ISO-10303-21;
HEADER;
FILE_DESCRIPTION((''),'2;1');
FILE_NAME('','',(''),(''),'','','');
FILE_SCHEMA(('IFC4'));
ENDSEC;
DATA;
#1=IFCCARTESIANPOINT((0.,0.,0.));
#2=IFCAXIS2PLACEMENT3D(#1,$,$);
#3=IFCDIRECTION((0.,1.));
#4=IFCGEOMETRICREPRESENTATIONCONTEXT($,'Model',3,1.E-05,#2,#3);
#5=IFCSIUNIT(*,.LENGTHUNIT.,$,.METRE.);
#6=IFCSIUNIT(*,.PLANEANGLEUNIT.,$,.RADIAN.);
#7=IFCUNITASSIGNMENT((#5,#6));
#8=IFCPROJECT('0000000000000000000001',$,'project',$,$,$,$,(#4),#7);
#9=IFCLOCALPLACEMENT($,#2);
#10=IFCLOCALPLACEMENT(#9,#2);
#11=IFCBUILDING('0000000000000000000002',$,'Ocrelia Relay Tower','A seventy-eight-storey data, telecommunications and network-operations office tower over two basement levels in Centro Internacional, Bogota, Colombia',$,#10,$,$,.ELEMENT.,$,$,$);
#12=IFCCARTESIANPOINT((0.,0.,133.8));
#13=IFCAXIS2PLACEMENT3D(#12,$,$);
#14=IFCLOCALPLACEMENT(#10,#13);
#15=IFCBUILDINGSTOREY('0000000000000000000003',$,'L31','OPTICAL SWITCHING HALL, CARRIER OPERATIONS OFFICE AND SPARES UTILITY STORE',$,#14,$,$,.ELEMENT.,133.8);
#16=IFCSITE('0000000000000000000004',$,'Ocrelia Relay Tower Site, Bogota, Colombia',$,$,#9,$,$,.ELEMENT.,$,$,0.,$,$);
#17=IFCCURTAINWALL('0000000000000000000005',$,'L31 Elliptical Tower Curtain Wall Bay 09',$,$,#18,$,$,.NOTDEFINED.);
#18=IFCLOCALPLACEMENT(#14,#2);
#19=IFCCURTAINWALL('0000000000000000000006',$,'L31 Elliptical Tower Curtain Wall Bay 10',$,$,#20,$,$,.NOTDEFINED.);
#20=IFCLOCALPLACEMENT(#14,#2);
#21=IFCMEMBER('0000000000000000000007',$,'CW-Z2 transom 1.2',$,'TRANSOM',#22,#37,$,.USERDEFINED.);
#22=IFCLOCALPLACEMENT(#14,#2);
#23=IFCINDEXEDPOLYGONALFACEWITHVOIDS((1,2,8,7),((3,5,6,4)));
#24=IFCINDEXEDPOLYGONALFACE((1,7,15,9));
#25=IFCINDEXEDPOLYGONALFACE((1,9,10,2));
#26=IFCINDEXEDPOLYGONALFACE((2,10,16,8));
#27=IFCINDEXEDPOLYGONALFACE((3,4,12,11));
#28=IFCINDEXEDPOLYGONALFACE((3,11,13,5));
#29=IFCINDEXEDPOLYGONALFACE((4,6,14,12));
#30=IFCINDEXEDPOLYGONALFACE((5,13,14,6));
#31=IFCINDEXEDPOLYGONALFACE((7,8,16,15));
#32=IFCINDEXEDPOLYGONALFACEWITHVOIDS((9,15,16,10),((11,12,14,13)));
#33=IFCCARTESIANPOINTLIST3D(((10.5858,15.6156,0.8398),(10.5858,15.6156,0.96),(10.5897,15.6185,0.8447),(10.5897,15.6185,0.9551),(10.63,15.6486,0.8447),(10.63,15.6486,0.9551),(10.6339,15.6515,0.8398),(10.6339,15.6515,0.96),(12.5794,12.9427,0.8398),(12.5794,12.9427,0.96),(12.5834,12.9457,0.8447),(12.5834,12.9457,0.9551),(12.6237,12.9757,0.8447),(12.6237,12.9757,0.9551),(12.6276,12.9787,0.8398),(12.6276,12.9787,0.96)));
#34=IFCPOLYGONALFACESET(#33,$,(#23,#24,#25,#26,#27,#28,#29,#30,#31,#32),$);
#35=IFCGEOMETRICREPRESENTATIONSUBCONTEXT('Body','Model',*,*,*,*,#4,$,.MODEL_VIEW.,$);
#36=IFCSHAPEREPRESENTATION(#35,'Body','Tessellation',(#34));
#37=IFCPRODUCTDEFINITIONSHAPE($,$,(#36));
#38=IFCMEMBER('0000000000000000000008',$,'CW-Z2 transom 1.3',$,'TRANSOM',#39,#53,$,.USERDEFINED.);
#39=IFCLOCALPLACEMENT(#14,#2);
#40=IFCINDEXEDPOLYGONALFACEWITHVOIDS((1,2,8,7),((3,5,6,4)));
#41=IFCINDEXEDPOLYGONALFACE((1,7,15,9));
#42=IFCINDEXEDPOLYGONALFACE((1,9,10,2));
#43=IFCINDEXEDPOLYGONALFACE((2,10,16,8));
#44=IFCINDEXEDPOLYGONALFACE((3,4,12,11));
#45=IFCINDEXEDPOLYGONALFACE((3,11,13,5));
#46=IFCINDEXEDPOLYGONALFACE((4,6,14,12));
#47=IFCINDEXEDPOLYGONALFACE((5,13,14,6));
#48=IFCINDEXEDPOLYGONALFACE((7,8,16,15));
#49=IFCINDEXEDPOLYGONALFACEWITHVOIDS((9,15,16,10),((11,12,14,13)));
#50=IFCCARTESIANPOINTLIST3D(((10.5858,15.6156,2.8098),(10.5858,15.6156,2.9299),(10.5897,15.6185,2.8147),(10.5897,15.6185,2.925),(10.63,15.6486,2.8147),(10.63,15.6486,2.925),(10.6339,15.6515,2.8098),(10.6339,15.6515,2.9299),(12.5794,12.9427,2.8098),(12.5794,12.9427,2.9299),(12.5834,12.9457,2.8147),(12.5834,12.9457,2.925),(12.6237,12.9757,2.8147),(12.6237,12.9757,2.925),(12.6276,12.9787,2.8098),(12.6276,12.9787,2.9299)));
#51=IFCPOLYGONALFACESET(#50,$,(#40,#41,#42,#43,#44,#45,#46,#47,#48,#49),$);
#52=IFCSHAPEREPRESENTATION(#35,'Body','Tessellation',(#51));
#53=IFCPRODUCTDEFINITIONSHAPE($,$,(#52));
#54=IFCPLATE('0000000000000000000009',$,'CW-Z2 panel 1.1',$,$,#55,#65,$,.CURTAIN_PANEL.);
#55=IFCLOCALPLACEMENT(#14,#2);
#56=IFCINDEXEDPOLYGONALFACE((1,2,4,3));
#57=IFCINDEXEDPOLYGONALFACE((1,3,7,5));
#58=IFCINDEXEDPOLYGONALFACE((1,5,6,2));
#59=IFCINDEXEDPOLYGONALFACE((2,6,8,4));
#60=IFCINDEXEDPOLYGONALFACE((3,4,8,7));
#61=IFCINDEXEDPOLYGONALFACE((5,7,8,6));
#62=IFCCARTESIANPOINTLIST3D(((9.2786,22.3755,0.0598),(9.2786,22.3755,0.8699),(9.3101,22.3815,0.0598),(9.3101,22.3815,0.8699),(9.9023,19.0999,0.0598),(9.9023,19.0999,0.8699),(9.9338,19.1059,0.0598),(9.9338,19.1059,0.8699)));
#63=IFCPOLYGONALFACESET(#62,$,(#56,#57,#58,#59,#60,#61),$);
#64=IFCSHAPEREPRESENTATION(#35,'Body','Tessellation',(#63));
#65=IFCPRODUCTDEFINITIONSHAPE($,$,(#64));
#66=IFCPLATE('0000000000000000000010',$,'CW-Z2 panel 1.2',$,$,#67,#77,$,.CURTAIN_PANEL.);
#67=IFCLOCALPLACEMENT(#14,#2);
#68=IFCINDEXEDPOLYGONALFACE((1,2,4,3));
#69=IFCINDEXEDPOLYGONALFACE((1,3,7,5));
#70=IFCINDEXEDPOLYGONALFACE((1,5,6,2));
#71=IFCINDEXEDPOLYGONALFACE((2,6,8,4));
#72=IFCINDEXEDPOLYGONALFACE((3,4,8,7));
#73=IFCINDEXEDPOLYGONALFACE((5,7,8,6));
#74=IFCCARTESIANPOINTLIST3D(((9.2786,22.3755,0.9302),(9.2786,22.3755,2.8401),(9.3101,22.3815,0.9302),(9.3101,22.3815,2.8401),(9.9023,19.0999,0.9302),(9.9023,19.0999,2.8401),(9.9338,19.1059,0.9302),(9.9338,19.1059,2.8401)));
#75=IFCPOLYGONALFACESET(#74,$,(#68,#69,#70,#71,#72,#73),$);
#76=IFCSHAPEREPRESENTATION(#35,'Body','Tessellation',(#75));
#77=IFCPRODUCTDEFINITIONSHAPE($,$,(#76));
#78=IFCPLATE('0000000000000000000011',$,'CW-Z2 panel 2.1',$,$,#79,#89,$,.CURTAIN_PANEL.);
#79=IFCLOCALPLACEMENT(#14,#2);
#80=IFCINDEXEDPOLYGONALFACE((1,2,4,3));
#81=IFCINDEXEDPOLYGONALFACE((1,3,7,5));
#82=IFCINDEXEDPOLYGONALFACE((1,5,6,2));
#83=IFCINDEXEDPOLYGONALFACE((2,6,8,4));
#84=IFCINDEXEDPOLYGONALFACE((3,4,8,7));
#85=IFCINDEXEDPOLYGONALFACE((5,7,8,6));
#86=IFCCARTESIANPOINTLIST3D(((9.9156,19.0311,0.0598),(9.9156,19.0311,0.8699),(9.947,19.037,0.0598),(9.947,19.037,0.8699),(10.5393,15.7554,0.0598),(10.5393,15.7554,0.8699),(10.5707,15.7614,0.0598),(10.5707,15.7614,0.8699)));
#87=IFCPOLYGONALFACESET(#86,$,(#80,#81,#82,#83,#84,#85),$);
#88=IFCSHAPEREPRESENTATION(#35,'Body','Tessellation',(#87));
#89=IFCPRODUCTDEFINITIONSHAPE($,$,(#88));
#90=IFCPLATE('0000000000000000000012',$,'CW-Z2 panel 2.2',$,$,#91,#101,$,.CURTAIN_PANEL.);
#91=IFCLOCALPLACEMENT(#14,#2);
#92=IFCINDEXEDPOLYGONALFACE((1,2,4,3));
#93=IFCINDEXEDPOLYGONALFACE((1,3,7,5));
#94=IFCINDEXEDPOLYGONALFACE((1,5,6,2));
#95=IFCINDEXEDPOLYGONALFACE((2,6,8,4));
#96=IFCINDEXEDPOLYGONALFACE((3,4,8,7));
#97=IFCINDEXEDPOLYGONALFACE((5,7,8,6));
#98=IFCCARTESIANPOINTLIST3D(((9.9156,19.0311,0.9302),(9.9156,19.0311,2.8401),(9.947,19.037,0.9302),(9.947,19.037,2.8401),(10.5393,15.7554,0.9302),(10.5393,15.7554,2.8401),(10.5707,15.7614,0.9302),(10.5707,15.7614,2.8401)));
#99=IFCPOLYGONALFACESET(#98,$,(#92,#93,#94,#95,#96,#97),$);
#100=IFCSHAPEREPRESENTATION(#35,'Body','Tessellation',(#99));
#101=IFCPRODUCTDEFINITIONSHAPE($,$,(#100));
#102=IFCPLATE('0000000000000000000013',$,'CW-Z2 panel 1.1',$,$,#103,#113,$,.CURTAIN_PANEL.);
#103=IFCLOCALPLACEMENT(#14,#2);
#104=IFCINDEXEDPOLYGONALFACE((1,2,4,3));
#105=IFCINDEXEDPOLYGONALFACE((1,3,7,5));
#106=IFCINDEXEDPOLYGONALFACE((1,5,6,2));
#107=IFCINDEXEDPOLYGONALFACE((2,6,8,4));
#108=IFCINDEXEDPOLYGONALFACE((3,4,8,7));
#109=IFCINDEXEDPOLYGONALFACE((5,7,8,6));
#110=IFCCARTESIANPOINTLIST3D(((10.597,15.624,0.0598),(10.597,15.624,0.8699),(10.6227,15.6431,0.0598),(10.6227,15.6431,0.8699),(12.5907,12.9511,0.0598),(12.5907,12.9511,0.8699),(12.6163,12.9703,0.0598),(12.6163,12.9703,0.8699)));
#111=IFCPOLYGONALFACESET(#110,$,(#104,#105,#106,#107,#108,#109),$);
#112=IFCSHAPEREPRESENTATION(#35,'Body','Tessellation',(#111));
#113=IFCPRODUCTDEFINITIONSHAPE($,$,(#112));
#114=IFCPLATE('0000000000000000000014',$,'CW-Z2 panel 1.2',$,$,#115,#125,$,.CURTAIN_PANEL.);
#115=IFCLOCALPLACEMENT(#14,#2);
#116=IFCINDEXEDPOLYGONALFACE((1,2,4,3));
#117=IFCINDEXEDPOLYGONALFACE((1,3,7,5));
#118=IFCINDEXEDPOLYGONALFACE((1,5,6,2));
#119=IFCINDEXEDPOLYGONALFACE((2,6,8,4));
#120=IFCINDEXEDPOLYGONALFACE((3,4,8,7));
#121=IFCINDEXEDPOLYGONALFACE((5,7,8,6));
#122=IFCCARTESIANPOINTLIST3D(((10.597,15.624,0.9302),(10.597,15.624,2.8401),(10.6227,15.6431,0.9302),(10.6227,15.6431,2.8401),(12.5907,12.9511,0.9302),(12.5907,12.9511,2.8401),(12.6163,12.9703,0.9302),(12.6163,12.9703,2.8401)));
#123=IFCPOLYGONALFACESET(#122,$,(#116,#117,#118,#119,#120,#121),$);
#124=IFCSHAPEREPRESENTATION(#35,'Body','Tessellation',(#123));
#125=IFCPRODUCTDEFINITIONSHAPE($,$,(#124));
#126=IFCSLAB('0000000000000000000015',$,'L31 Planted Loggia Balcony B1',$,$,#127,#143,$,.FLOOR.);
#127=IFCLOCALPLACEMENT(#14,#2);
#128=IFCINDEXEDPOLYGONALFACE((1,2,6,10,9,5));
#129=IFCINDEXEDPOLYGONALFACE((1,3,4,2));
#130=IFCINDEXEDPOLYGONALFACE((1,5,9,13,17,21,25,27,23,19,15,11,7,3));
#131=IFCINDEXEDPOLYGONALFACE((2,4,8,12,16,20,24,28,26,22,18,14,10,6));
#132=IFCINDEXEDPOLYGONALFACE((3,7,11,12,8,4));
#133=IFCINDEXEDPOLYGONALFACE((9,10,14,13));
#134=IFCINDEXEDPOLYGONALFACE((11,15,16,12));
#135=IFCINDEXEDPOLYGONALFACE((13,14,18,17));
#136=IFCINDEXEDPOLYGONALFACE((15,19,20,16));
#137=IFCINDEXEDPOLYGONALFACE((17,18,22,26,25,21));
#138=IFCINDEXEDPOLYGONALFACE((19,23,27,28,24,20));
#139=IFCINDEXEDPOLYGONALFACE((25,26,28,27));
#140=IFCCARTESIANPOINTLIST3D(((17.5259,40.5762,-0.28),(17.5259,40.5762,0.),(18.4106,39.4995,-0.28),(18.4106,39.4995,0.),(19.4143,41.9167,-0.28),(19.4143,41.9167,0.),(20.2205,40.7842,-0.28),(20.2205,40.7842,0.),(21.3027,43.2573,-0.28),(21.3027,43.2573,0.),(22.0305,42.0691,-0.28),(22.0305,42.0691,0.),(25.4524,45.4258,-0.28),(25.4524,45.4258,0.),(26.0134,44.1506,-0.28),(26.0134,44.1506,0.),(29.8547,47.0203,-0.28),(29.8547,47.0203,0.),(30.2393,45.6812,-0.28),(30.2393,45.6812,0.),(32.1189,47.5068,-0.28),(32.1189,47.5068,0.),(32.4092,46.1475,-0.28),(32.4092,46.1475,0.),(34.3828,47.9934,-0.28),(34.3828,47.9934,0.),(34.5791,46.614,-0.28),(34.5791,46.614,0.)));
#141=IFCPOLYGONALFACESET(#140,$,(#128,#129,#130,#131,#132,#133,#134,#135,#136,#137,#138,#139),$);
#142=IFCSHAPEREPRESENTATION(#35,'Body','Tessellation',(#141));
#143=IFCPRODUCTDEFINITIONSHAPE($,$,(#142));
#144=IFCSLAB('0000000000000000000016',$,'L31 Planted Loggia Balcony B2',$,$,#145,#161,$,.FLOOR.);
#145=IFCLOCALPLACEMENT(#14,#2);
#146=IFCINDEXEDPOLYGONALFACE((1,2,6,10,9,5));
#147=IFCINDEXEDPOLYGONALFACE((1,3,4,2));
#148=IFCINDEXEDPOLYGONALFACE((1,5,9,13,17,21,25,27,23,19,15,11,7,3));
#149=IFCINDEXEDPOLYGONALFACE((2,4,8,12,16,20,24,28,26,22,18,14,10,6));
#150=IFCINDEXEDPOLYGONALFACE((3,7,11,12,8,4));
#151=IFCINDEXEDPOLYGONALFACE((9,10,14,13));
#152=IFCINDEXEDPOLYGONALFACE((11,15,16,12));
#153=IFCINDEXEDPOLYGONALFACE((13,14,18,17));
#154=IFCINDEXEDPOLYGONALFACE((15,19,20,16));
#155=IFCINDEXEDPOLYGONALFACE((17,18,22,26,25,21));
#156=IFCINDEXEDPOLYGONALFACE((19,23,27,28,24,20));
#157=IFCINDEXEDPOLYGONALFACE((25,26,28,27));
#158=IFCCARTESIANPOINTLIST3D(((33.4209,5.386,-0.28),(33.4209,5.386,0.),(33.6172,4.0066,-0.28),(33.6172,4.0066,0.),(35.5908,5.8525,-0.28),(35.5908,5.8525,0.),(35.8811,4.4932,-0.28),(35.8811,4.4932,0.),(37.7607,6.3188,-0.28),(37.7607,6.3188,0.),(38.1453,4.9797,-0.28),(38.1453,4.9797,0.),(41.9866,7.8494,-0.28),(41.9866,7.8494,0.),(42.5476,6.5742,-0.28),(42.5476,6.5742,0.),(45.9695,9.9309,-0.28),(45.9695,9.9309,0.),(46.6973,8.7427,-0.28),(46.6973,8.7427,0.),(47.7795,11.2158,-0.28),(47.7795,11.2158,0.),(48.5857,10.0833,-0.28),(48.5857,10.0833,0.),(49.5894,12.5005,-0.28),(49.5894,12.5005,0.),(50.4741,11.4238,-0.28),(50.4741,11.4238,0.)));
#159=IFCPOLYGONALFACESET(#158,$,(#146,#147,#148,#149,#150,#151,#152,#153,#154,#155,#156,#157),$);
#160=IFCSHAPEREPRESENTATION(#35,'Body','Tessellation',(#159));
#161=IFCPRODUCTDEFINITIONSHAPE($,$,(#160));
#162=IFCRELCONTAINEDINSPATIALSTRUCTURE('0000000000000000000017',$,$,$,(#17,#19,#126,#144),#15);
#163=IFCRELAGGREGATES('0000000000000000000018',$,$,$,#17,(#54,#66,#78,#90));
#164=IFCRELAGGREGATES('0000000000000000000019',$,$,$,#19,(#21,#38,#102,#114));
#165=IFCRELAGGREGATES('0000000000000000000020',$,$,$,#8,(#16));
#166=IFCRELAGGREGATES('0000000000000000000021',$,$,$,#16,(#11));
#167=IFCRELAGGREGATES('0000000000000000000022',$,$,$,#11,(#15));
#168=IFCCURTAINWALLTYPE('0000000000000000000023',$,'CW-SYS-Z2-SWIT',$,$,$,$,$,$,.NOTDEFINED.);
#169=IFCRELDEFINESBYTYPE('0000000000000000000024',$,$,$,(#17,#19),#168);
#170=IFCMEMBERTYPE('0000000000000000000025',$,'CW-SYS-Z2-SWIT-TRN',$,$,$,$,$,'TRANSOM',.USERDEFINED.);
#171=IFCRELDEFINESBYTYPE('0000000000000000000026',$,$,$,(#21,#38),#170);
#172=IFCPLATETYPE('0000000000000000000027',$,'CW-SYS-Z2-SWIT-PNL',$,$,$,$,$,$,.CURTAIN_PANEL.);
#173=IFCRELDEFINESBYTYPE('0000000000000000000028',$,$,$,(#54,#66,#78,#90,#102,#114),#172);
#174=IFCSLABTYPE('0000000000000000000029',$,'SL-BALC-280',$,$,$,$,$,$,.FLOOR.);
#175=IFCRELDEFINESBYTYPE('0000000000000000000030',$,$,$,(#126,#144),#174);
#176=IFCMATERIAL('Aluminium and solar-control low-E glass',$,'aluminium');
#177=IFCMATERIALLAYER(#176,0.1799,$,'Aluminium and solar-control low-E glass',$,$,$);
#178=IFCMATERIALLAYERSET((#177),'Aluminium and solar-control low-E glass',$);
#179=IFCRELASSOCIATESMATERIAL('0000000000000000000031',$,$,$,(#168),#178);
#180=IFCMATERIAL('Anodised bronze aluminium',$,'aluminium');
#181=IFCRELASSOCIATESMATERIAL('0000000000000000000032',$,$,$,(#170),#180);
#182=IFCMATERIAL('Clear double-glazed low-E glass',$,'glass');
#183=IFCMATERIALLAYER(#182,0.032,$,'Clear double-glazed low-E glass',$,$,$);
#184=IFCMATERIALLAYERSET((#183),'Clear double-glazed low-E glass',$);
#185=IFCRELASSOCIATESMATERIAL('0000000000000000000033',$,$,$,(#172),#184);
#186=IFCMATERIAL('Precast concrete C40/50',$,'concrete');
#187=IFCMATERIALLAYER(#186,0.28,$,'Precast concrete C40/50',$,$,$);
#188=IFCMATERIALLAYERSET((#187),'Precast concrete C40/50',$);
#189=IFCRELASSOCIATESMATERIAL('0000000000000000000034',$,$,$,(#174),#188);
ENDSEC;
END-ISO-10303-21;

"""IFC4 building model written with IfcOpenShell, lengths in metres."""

from ifc_helpers import new_model, si_unit, direction, frame, origin, origin_2d, place, context, subcontext, project, spatial, polyline, rectangle, hollow_rectangle, outline, extrude, material, layer, layer_set, material_profile, profile_set, type_object, element, aggregate, save


model = new_model("IFC4")

# Units and contexts
model_context = context("Model", 3, precision=1e-05, world=origin(), true_north=direction((0.0, 1.0)))
body_context = subcontext(model_context, "Body", "Model", "MODEL_VIEW")
ifc_project = project(units=[si_unit("LENGTHUNIT", "METRE"), si_unit("PLANEANGLEUNIT", "RADIAN")], contexts=[model_context])

# Site, building, storey
site_placement = place(None, origin())
site = spatial("IfcSite", under=ifc_project, at=site_placement, Name="Ocrelia Relay Tower Site, Bogota, Colombia", CompositionType="ELEMENT", RefElevation=0.0)
building_placement = place(site_placement, origin())
building = spatial("IfcBuilding", under=site, at=building_placement, Name="Ocrelia Relay Tower", Description="A seventy-eight-storey data, telecommunications and network-operations office tower over two basement levels in Centro Internacional, Bogota, Colombia", CompositionType="ELEMENT")
storey_placement = place(building_placement, frame((0.0, 0.0, 133.8)))
storey = spatial("IfcBuildingStorey", under=building, at=storey_placement, Name="L31", Description="OPTICAL SWITCHING HALL, CARRIER OPERATIONS OFFICE AND SPARES UTILITY STORE", CompositionType="ELEMENT", Elevation=133.8)

# Curtain walls
ifc_material_1 = material(Name="Aluminium and solar-control low-E glass", Category="aluminium")
ifc_layer_1 = layer(ifc_material_1, 0.1799, Name="Aluminium and solar-control low-E glass")
ifc_layer_set_1 = layer_set([ifc_layer_1], Name="Aluminium and solar-control low-E glass")
curtain_wall_type = type_object("IfcCurtainWallType", Name="CW-SYS-Z2-SWIT", PredefinedType="NOTDEFINED", material=ifc_layer_set_1)
curtain_wall_1_placement = place(storey_placement, origin())
curtain_wall_1 = element("IfcCurtainWall", 1, at=curtain_wall_1_placement, inside=storey, type_object=curtain_wall_type, Name="L31 Elliptical Tower Curtain Wall Bay 09", PredefinedType="NOTDEFINED")
ifc_material_2 = material(Name="Anodised bronze aluminium", Category="aluminium")
curtain_wall_2_placement = place(storey_placement, origin())
curtain_wall_2 = element("IfcCurtainWall", 2, at=curtain_wall_2_placement, inside=storey, type_object=curtain_wall_type, Name="L31 Elliptical Tower Curtain Wall Bay 10", PredefinedType="NOTDEFINED")

# Members
ifc_material_profile_1 = material_profile(ifc_material_2, hollow_rectangle(XDim=0.0601, YDim=0.1201, WallThickness=0.0049, at=origin_2d()), Name="CW-TRN-120x60")
ifc_profile_set_1 = profile_set([ifc_material_profile_1], Name="Anodised bronze aluminium")
member_type_1 = type_object("IfcMemberType", Name="CW-SYS-Z2-SWIT-TRN", ElementType="TRANSOM", PredefinedType="USERDEFINED", material=ifc_profile_set_1)
member_1_placement = place(storey_placement, frame((10.6099, 15.6335, 0.8999), z_axis=(0.597889, -0.801579, 0.0), x_axis=(0.801579, 0.597889, 0.0)))
member_1 = element("IfcMember", 3, at=member_1_placement, type_object=member_type_1, Name="CW-Z2 transom 1.2", ObjectType="TRANSOM", PredefinedType="USERDEFINED", context=body_context, shape_type="SweptSolid", body=[
    extrude(hollow_rectangle(XDim=0.0601, YDim=0.1201, WallThickness=0.0049, at=origin_2d()), origin(), (0.0, 0.0, 1.0), 3.3345),
])
member_2_placement = place(storey_placement, frame((10.6099, 15.6335, 2.8699), z_axis=(0.597889, -0.801579, 0.0), x_axis=(0.801579, 0.597889, 0.0)))
member_2 = element("IfcMember", 4, at=member_2_placement, type_object=member_type_1, Name="CW-Z2 transom 1.3", ObjectType="TRANSOM", PredefinedType="USERDEFINED", context=body_context, shape_type="SweptSolid", body=[
    extrude(hollow_rectangle(XDim=0.0601, YDim=0.1201, WallThickness=0.0049, at=origin_2d()), origin(), (0.0, 0.0, 1.0), 3.3345),
])

# Plates
ifc_material_3 = material(Name="Clear double-glazed low-E glass", Category="glass")
ifc_layer_2 = layer(ifc_material_3, 0.032, Name="Clear double-glazed low-E glass")
ifc_layer_set_2 = layer_set([ifc_layer_2], Name="Clear double-glazed low-E glass")
plate_type = type_object("IfcPlateType", Name="CW-SYS-Z2-SWIT-PNL", PredefinedType="CURTAIN_PANEL", material=ifc_layer_set_2)
plate_1_placement = place(storey_placement, frame((9.6062, 20.7407, 0.0598), z_axis=(0.0, 0.0, 1.0), x_axis=(0.187045, -0.982351, 0.0)))
plate_1 = element("IfcPlate", 5, at=plate_1_placement, type_object=plate_type, Name="CW-Z2 panel 1.1", PredefinedType="CURTAIN_PANEL", context=body_context, shape_type="SweptSolid", body=[
    extrude(rectangle(XDim=3.3345, YDim=0.032, at=origin_2d()), origin(), (0.0, 0.0, 1.0), 0.8101),
])
plate_2_placement = place(storey_placement, frame((9.6062, 20.7407, 0.9302), z_axis=(0.0, 0.0, 1.0), x_axis=(0.187045, -0.982351, 0.0)))
plate_2 = element("IfcPlate", 6, at=plate_2_placement, type_object=plate_type, Name="CW-Z2 panel 1.2", PredefinedType="CURTAIN_PANEL", context=body_context, shape_type="SweptSolid", body=[
    extrude(rectangle(XDim=3.3345, YDim=0.032, at=origin_2d()), origin(), (0.0, 0.0, 1.0), 1.9099),
])
plate_3_placement = place(storey_placement, frame((10.2432, 17.3962, 0.0598), z_axis=(0.0, 0.0, 1.0), x_axis=(0.187045, -0.982351, 0.0)))
plate_3 = element("IfcPlate", 7, at=plate_3_placement, type_object=plate_type, Name="CW-Z2 panel 2.1", PredefinedType="CURTAIN_PANEL", context=body_context, shape_type="SweptSolid", body=[
    extrude(rectangle(XDim=3.3345, YDim=0.032, at=origin_2d()), origin(), (0.0, 0.0, 1.0), 0.8101),
])
plate_4_placement = place(storey_placement, frame((10.2432, 17.3962, 0.9302), z_axis=(0.0, 0.0, 1.0), x_axis=(0.187045, -0.982351, 0.0)))
plate_4 = element("IfcPlate", 8, at=plate_4_placement, type_object=plate_type, Name="CW-Z2 panel 2.2", PredefinedType="CURTAIN_PANEL", context=body_context, shape_type="SweptSolid", body=[
    extrude(rectangle(XDim=3.3345, YDim=0.032, at=origin_2d()), origin(), (0.0, 0.0, 1.0), 1.9099),
])
aggregate(curtain_wall_1, [plate_1, plate_2, plate_3, plate_4])
plate_5_placement = place(storey_placement, frame((11.6067, 14.2971, 0.0598), z_axis=(0.0, 0.0, 1.0), x_axis=(0.597898, -0.801572, 0.0)))
plate_5 = element("IfcPlate", 9, at=plate_5_placement, type_object=plate_type, Name="CW-Z2 panel 1.1", PredefinedType="CURTAIN_PANEL", context=body_context, shape_type="SweptSolid", body=[
    extrude(rectangle(XDim=3.3345, YDim=0.032, at=origin_2d()), origin(), (0.0, 0.0, 1.0), 0.8101),
])
plate_6_placement = place(storey_placement, frame((11.6067, 14.2971, 0.9302), z_axis=(0.0, 0.0, 1.0), x_axis=(0.597898, -0.801572, 0.0)))
plate_6 = element("IfcPlate", 10, at=plate_6_placement, type_object=plate_type, Name="CW-Z2 panel 1.2", PredefinedType="CURTAIN_PANEL", context=body_context, shape_type="SweptSolid", body=[
    extrude(rectangle(XDim=3.3345, YDim=0.032, at=origin_2d()), origin(), (0.0, 0.0, 1.0), 1.9099),
])
aggregate(curtain_wall_2, [member_1, member_2, plate_5, plate_6])

# Slabs
ifc_material_4 = material(Name="Precast concrete C40/50", Category="concrete")
ifc_layer_3 = layer(ifc_material_4, 0.28, Name="Precast concrete C40/50")
ifc_layer_set_3 = layer_set([ifc_layer_3], Name="Precast concrete C40/50")
slab_type_1 = type_object("IfcSlabType", Name="SL-BALC-280", PredefinedType="FLOOR", material=ifc_layer_set_3)
slab_1_placement = place(storey_placement, frame((0.0, 0.0, -0.28)))
element("IfcSlab", 11, at=slab_1_placement, inside=storey, type_object=slab_type_1, Name="L31 Planted Loggia Balcony B1", PredefinedType="FLOOR", context=body_context, shape_type="SweptSolid", body=[
    extrude(outline(polyline([(34.5791, 46.614), (32.4092, 46.1475), (30.2393, 45.6812), (26.0134, 44.1506), (22.0305, 42.0691), (20.2205, 40.7842), (18.4106, 39.4995), (17.5259, 40.5762), (19.4143, 41.9167), (21.3027, 43.2573), (25.4524, 45.4258), (29.8547, 47.0203), (32.1189, 47.5068), (34.3828, 47.9934), (34.5791, 46.614)])), origin(), (0.0, 0.0, 1.0), 0.28),
])
slab_2_placement = place(storey_placement, frame((0.0, 0.0, -0.28)))
element("IfcSlab", 12, at=slab_2_placement, inside=storey, type_object=slab_type_1, Name="L31 Planted Loggia Balcony B2", PredefinedType="FLOOR", context=body_context, shape_type="SweptSolid", body=[
    extrude(outline(polyline([(33.4209, 5.386), (35.5908, 5.8525), (37.7607, 6.3188), (41.9866, 7.8494), (45.9695, 9.9309), (47.7795, 11.2158), (49.5894, 12.5005), (50.4741, 11.4238), (48.5857, 10.0833), (46.6973, 8.7427), (42.5476, 6.5742), (38.1453, 4.9797), (35.8811, 4.4932), (33.6172, 4.0066), (33.4209, 5.386)])), origin(), (0.0, 0.0, 1.0), 0.28),
])

save(model, "model.ifc")
